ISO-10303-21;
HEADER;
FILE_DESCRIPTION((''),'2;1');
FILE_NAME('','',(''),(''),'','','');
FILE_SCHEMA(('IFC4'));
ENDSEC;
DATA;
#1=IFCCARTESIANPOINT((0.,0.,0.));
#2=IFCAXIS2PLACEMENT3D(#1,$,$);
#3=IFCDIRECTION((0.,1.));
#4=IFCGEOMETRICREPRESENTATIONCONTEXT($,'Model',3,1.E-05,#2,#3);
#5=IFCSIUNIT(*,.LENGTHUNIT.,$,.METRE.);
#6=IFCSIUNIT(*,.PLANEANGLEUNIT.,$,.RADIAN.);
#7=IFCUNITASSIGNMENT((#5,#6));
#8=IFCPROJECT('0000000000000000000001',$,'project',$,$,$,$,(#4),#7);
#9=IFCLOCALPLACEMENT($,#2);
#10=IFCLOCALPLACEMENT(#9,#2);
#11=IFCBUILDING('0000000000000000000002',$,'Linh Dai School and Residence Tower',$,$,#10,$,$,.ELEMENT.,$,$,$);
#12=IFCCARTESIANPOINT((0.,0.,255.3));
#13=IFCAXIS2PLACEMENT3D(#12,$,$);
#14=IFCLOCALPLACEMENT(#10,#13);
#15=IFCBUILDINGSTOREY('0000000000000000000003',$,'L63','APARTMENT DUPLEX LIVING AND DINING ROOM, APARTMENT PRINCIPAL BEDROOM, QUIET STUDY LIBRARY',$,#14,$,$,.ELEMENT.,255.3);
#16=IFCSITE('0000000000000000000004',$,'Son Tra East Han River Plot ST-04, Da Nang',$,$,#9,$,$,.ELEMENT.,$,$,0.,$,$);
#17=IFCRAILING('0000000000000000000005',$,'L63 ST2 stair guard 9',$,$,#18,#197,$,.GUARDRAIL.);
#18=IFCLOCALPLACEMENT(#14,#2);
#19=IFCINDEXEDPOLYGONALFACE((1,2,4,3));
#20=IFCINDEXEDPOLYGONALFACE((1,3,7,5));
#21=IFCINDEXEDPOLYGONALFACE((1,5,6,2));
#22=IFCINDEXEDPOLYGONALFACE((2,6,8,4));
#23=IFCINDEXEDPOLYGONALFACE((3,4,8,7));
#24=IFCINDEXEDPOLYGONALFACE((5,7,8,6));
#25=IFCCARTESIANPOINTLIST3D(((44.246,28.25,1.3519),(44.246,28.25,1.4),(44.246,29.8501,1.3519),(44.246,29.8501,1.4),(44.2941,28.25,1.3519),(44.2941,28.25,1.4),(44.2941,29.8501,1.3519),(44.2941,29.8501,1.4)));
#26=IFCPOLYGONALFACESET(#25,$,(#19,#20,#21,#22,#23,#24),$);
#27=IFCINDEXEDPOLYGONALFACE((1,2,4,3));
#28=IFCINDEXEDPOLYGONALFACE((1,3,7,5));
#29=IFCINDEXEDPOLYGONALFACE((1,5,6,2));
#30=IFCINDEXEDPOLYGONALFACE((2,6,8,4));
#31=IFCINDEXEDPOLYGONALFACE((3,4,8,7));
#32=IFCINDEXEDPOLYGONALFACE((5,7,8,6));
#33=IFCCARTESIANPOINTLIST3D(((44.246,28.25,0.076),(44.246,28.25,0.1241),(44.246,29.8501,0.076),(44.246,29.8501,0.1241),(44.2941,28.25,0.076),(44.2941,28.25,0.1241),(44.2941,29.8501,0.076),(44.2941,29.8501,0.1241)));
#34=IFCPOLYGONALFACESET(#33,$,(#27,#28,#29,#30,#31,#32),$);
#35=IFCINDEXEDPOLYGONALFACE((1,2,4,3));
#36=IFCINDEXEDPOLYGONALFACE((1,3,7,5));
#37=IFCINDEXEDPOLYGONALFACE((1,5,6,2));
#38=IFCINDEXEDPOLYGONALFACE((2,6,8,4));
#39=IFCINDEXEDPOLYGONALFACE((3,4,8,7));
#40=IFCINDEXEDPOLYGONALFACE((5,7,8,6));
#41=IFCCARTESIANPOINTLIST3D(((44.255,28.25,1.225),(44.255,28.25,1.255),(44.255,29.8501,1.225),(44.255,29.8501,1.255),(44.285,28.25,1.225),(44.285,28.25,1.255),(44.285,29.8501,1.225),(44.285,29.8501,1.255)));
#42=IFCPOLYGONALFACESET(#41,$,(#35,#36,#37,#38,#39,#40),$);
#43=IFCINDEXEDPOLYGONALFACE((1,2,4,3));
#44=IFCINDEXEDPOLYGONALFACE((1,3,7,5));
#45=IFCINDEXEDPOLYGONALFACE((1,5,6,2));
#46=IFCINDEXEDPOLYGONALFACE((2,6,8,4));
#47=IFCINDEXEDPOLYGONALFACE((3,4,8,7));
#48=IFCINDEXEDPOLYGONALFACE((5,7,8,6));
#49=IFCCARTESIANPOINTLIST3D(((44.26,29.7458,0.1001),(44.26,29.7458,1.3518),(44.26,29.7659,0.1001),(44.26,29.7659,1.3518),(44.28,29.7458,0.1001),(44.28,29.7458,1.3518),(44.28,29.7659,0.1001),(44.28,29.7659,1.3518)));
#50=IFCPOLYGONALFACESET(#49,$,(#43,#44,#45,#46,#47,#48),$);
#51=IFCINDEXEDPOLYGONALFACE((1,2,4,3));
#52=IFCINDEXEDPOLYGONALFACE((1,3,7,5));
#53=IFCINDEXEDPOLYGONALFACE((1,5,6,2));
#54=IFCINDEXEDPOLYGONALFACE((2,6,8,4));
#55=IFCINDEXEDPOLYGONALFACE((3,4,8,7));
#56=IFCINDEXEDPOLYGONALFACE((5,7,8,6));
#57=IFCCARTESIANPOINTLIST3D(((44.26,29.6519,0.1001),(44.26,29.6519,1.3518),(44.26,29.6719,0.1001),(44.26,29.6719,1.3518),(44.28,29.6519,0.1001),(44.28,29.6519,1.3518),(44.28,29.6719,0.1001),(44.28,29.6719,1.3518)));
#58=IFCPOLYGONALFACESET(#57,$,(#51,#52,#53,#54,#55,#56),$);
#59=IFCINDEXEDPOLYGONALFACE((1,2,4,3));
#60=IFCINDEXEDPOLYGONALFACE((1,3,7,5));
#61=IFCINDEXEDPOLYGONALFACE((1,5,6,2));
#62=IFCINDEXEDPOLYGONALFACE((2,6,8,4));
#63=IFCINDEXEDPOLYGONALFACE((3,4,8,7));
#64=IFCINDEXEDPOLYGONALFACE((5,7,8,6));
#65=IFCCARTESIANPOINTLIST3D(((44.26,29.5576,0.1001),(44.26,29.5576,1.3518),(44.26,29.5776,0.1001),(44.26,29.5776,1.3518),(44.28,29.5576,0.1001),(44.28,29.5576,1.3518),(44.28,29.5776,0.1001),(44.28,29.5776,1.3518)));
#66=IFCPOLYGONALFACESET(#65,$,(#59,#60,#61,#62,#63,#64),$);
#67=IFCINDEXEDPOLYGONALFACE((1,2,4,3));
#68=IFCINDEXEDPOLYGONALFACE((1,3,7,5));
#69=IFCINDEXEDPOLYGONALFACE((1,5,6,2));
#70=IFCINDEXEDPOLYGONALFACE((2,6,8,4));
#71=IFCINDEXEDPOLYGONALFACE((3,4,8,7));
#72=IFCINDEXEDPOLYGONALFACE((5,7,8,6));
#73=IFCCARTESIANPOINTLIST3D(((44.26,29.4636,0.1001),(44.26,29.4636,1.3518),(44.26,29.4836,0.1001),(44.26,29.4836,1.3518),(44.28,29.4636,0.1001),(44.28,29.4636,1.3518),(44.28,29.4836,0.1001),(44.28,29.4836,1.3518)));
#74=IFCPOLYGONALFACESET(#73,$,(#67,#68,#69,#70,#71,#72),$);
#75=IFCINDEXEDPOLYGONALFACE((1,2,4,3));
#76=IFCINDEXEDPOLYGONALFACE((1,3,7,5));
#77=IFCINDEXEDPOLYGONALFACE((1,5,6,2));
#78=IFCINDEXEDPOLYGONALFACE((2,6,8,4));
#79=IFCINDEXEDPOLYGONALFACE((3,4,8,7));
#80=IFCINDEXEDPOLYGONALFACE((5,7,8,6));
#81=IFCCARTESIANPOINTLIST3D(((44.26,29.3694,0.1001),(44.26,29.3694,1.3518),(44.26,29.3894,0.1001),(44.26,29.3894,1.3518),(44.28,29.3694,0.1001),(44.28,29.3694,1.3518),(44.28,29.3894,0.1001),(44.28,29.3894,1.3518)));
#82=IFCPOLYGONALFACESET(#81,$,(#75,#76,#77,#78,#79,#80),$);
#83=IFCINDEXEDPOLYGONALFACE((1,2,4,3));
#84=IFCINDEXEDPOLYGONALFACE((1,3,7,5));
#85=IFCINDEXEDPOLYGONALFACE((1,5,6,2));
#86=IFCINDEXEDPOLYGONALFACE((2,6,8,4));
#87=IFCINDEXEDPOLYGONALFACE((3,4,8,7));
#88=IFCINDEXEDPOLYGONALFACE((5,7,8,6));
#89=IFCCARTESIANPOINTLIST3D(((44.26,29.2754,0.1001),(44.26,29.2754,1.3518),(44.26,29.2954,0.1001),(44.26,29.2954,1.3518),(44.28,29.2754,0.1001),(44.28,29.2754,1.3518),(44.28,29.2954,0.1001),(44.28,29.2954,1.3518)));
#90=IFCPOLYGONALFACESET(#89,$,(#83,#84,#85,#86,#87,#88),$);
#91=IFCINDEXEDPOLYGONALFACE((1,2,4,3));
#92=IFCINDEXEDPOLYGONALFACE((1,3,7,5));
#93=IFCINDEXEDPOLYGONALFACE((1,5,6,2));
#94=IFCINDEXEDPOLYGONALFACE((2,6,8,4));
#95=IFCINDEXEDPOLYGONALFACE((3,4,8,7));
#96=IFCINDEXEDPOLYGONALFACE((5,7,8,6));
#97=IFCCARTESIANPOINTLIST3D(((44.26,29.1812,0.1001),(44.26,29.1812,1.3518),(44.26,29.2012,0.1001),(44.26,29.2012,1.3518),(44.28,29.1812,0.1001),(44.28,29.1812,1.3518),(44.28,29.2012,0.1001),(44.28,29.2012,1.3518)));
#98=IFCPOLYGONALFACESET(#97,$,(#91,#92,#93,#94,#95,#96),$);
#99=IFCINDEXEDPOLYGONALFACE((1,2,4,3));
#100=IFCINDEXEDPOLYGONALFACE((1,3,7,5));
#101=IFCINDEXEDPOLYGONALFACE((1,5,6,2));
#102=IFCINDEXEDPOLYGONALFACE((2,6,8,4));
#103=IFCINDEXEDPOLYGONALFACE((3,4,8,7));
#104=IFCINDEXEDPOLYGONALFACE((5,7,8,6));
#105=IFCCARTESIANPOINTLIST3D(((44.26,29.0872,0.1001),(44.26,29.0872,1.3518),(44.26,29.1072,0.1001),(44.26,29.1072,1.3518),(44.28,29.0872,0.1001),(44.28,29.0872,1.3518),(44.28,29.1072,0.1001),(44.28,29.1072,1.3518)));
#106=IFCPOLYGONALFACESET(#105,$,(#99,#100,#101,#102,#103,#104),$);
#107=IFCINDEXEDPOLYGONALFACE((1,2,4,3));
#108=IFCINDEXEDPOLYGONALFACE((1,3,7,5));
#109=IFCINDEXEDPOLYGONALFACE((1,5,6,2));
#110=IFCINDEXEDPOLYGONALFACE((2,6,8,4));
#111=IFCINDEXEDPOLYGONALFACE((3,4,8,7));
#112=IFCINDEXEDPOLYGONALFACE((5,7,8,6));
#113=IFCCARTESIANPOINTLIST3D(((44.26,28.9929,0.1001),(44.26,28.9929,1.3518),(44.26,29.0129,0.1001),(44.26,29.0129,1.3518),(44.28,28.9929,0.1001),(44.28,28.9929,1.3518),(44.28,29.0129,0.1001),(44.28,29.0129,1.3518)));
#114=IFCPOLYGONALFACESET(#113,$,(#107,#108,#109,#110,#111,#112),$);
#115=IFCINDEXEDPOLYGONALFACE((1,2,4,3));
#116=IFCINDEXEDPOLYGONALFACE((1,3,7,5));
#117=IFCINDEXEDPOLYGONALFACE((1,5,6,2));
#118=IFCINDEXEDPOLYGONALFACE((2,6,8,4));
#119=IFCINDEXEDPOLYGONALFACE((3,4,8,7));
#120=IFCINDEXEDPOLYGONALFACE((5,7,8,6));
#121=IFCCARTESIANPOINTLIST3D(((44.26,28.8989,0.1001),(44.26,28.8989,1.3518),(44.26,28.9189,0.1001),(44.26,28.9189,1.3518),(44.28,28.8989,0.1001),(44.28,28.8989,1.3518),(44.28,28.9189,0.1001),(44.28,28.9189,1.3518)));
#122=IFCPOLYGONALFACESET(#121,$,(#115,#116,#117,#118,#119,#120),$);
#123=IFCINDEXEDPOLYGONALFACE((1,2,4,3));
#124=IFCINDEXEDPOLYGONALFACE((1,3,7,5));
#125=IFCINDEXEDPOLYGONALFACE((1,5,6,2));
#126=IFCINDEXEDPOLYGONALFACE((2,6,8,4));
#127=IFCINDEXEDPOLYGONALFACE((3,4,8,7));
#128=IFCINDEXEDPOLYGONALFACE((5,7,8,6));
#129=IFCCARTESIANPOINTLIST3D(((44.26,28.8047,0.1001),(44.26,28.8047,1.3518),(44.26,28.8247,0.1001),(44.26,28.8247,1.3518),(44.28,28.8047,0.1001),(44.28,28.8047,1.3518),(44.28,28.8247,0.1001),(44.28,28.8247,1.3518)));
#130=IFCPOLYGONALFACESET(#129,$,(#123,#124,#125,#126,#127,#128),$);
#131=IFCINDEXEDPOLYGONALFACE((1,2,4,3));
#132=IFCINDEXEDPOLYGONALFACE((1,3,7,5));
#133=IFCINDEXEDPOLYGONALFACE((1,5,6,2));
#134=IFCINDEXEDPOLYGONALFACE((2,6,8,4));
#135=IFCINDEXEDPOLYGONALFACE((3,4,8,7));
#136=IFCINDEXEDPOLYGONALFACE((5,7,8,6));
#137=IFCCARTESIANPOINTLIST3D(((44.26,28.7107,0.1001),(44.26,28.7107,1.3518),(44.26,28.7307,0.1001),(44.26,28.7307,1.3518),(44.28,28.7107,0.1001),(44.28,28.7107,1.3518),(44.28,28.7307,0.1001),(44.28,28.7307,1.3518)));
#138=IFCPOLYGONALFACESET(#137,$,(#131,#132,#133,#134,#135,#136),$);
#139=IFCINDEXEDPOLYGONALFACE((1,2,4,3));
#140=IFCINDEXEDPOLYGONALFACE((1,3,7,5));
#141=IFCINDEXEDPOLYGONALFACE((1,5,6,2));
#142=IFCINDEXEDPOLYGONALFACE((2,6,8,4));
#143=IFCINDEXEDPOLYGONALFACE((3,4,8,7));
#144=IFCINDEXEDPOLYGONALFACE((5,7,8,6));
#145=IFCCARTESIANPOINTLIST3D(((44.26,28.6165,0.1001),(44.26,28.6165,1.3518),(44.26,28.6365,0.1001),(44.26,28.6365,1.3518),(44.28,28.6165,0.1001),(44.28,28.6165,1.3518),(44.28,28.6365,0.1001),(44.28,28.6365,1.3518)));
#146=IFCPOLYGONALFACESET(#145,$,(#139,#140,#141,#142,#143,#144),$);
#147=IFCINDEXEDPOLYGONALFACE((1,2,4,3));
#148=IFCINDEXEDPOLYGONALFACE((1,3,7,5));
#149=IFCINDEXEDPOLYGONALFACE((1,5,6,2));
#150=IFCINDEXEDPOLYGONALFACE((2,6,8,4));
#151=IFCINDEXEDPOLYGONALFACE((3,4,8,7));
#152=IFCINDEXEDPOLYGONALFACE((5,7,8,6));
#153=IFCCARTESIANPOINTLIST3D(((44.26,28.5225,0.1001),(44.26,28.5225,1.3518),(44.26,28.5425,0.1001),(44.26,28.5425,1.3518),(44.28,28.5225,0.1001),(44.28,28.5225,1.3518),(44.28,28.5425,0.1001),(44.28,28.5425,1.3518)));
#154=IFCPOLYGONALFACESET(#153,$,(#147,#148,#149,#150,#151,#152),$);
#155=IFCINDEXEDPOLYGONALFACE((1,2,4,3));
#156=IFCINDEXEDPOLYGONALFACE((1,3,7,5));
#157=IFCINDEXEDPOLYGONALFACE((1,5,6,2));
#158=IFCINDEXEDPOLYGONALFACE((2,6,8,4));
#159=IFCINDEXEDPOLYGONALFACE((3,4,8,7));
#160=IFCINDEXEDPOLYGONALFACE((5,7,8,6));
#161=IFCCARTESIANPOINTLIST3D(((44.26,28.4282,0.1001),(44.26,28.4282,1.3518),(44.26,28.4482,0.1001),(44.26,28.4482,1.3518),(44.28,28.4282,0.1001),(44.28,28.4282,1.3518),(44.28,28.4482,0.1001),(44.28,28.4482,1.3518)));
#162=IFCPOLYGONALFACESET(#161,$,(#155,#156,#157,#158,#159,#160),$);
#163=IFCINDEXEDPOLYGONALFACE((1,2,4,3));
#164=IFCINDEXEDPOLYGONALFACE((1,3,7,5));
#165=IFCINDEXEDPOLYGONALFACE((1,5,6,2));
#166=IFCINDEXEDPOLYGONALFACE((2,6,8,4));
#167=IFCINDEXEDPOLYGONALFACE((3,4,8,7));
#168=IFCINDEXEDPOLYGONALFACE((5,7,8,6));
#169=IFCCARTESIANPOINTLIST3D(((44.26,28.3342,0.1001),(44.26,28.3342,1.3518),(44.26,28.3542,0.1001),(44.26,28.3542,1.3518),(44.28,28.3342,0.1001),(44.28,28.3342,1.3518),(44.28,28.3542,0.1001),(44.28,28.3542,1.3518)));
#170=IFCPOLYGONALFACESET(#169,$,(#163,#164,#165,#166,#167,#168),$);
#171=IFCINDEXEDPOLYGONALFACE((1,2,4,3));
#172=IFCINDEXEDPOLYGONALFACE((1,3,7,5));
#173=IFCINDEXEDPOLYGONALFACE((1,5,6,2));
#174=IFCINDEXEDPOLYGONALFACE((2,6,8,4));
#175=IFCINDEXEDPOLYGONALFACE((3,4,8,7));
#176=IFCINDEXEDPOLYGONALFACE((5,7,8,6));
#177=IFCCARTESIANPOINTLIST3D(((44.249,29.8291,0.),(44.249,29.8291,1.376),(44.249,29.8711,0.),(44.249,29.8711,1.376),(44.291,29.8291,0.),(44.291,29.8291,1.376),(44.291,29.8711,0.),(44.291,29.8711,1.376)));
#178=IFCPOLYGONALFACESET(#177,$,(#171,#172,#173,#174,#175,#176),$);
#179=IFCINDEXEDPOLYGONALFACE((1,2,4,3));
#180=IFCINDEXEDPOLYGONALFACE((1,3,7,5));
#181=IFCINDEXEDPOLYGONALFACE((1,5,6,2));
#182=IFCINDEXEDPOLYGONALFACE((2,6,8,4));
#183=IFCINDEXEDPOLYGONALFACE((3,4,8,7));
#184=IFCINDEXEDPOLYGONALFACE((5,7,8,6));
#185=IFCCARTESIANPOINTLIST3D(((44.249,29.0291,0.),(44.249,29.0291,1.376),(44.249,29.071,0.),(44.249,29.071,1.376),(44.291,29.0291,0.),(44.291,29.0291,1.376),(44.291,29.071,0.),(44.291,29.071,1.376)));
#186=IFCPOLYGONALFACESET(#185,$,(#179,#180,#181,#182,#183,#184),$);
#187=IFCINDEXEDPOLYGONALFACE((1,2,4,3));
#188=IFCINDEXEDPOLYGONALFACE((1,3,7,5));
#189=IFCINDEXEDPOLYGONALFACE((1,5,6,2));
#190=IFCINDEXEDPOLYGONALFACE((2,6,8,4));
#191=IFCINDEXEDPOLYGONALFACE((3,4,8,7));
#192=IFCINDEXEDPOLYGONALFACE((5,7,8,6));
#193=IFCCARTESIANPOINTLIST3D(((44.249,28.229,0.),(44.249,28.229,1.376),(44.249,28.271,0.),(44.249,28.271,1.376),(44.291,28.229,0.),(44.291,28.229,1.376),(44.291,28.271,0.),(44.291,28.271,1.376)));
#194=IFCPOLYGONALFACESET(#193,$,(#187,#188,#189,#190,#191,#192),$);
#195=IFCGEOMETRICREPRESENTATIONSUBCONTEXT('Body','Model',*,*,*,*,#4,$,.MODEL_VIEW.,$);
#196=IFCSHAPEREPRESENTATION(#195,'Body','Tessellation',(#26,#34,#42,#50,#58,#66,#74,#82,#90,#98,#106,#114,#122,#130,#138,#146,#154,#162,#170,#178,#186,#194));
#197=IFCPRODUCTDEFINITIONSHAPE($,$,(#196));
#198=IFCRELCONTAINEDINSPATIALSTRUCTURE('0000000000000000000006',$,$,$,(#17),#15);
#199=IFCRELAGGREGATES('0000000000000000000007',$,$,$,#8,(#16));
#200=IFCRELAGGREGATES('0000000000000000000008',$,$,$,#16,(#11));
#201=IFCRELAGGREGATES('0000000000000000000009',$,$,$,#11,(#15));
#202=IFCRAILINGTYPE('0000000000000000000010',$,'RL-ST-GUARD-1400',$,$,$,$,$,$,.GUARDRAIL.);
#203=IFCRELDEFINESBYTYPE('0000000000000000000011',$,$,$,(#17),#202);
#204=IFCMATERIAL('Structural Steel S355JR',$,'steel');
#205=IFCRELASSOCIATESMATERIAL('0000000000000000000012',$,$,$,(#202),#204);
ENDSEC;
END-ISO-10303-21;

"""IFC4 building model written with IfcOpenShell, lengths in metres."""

from ifc_helpers import new_model, si_unit, direction, frame, origin, origin_2d, place, context, subcontext, project, spatial, rectangle, extrude, source, transform, mapped, material, type_object, element, save


model = new_model("IFC4")

# Units and contexts
model_context = context("Model", 3, precision=1e-05, world=origin(), true_north=direction((0.0, 1.0)))
body_context = subcontext(model_context, "Body", "Model", "MODEL_VIEW")
ifc_project = project(units=[si_unit("LENGTHUNIT", "METRE"), si_unit("PLANEANGLEUNIT", "RADIAN")], contexts=[model_context])

# Site, building, storey
site_placement = place(None, origin())
site = spatial("IfcSite", under=ifc_project, at=site_placement, Name="Son Tra East Han River Plot ST-04, Da Nang", CompositionType="ELEMENT", RefElevation=0.0)
building_placement = place(site_placement, origin())
building = spatial("IfcBuilding", under=site, at=building_placement, Name="Linh Dai School and Residence Tower", CompositionType="ELEMENT")
storey_placement = place(building_placement, frame((0.0, 0.0, 255.3)))
storey = spatial("IfcBuildingStorey", under=building, at=storey_placement, Name="L63", Description="APARTMENT DUPLEX LIVING AND DINING ROOM, APARTMENT PRINCIPAL BEDROOM, QUIET STUDY LIBRARY", CompositionType="ELEMENT", Elevation=255.3)

# Shared definitions
ifc_material_1 = material(Name="Structural Steel S355JR", Category="steel")

# Railing
railing_type_1 = type_object("IfcRailingType", Name="RL-ST-GUARD-1400", PredefinedType="GUARDRAIL", material=ifc_material_1)
shared_shape_1 = source(origin(), body_context, "Body", "SweptSolid", [
    extrude(rectangle(XDim=0.0481, YDim=0.0481, at=origin_2d()), frame((0.0, 0.0, 1.376), z_axis=(0.0, -1.0, 0.0), x_axis=(1.0, 0.0, 0.0)), (0.0, 0.0, 1.0), 1.6001),
    extrude(rectangle(XDim=0.0481, YDim=0.0481, at=origin_2d()), frame((0.0, 0.0, 0.1001), z_axis=(0.0, -1.0, 0.0), x_axis=(1.0, 0.0, 0.0)), (0.0, 0.0, 1.0), 1.6001),
    extrude(rectangle(XDim=0.03, YDim=0.03, at=origin_2d()), frame((0.0, 0.0, 1.24), z_axis=(0.0, -1.0, 0.0), x_axis=(1.0, 0.0, 0.0)), (0.0, 0.0, 1.0), 1.6001),
    extrude(rectangle(XDim=0.02, YDim=0.02, at=origin_2d()), frame((0.0, -0.0942, 0.1001)), (0.0, 0.0, 1.0), 1.2517),
    extrude(rectangle(XDim=0.02, YDim=0.02, at=origin_2d()), frame((0.0, -0.1882, 0.1001)), (0.0, 0.0, 1.0), 1.2517),
    extrude(rectangle(XDim=0.02, YDim=0.02, at=origin_2d()), frame((0.0, -0.2825, 0.1001)), (0.0, 0.0, 1.0), 1.2517),
    extrude(rectangle(XDim=0.02, YDim=0.02, at=origin_2d()), frame((0.0, -0.3765, 0.1001)), (0.0, 0.0, 1.0), 1.2517),
    extrude(rectangle(XDim=0.02, YDim=0.02, at=origin_2d()), frame((0.0, -0.4707, 0.1001)), (0.0, 0.0, 1.0), 1.2517),
    extrude(rectangle(XDim=0.02, YDim=0.02, at=origin_2d()), frame((0.0, -0.5647, 0.1001)), (0.0, 0.0, 1.0), 1.2517),
    extrude(rectangle(XDim=0.02, YDim=0.02, at=origin_2d()), frame((0.0, -0.6589, 0.1001)), (0.0, 0.0, 1.0), 1.2517),
    extrude(rectangle(XDim=0.02, YDim=0.02, at=origin_2d()), frame((0.0, -0.7529, 0.1001)), (0.0, 0.0, 1.0), 1.2517),
    extrude(rectangle(XDim=0.02, YDim=0.02, at=origin_2d()), frame((0.0, -0.8472, 0.1001)), (0.0, 0.0, 1.0), 1.2517),
    extrude(rectangle(XDim=0.02, YDim=0.02, at=origin_2d()), frame((0.0, -0.9412, 0.1001)), (0.0, 0.0, 1.0), 1.2517),
    extrude(rectangle(XDim=0.02, YDim=0.02, at=origin_2d()), frame((0.0, -1.0354, 0.1001)), (0.0, 0.0, 1.0), 1.2517),
    extrude(rectangle(XDim=0.02, YDim=0.02, at=origin_2d()), frame((0.0, -1.1294, 0.1001)), (0.0, 0.0, 1.0), 1.2517),
    extrude(rectangle(XDim=0.02, YDim=0.02, at=origin_2d()), frame((0.0, -1.2236, 0.1001)), (0.0, 0.0, 1.0), 1.2517),
    extrude(rectangle(XDim=0.02, YDim=0.02, at=origin_2d()), frame((0.0, -1.3176, 0.1001)), (0.0, 0.0, 1.0), 1.2517),
    extrude(rectangle(XDim=0.02, YDim=0.02, at=origin_2d()), frame((0.0, -1.4119, 0.1001)), (0.0, 0.0, 1.0), 1.2517),
    extrude(rectangle(XDim=0.02, YDim=0.02, at=origin_2d()), frame((0.0, -1.5059, 0.1001)), (0.0, 0.0, 1.0), 1.2517),
    extrude(rectangle(XDim=0.042, YDim=0.042, at=origin_2d()), origin(), (0.0, 0.0, 1.0), 1.376),
    extrude(rectangle(XDim=0.042, YDim=0.042, at=origin_2d()), frame((0.0, -0.8, 0.0)), (0.0, 0.0, 1.0), 1.376),
    extrude(rectangle(XDim=0.042, YDim=0.042, at=origin_2d()), frame((0.0, -1.6001, 0.0)), (0.0, 0.0, 1.0), 1.376),
])
for number, where, name in (
    (1, (44.27, 29.8501, 0.0), "L63 ST2 stair guard 9"),
):
    element("IfcRailing", number, at=place(storey_placement, frame(where)), inside=storey, type_object=railing_type_1, Name=name, PredefinedType="GUARDRAIL", context=body_context, shape_type="MappedRepresentation", body=[
        mapped(shared_shape_1, transform((0.0, 0.0, 0.0), x_axis=(1.0, 0.0, 0.0), y_axis=(0.0, 1.0, 0.0), z_axis=(0.0, 0.0, 1.0), scale=1.0)),
    ])

save(model, "model.ifc")
